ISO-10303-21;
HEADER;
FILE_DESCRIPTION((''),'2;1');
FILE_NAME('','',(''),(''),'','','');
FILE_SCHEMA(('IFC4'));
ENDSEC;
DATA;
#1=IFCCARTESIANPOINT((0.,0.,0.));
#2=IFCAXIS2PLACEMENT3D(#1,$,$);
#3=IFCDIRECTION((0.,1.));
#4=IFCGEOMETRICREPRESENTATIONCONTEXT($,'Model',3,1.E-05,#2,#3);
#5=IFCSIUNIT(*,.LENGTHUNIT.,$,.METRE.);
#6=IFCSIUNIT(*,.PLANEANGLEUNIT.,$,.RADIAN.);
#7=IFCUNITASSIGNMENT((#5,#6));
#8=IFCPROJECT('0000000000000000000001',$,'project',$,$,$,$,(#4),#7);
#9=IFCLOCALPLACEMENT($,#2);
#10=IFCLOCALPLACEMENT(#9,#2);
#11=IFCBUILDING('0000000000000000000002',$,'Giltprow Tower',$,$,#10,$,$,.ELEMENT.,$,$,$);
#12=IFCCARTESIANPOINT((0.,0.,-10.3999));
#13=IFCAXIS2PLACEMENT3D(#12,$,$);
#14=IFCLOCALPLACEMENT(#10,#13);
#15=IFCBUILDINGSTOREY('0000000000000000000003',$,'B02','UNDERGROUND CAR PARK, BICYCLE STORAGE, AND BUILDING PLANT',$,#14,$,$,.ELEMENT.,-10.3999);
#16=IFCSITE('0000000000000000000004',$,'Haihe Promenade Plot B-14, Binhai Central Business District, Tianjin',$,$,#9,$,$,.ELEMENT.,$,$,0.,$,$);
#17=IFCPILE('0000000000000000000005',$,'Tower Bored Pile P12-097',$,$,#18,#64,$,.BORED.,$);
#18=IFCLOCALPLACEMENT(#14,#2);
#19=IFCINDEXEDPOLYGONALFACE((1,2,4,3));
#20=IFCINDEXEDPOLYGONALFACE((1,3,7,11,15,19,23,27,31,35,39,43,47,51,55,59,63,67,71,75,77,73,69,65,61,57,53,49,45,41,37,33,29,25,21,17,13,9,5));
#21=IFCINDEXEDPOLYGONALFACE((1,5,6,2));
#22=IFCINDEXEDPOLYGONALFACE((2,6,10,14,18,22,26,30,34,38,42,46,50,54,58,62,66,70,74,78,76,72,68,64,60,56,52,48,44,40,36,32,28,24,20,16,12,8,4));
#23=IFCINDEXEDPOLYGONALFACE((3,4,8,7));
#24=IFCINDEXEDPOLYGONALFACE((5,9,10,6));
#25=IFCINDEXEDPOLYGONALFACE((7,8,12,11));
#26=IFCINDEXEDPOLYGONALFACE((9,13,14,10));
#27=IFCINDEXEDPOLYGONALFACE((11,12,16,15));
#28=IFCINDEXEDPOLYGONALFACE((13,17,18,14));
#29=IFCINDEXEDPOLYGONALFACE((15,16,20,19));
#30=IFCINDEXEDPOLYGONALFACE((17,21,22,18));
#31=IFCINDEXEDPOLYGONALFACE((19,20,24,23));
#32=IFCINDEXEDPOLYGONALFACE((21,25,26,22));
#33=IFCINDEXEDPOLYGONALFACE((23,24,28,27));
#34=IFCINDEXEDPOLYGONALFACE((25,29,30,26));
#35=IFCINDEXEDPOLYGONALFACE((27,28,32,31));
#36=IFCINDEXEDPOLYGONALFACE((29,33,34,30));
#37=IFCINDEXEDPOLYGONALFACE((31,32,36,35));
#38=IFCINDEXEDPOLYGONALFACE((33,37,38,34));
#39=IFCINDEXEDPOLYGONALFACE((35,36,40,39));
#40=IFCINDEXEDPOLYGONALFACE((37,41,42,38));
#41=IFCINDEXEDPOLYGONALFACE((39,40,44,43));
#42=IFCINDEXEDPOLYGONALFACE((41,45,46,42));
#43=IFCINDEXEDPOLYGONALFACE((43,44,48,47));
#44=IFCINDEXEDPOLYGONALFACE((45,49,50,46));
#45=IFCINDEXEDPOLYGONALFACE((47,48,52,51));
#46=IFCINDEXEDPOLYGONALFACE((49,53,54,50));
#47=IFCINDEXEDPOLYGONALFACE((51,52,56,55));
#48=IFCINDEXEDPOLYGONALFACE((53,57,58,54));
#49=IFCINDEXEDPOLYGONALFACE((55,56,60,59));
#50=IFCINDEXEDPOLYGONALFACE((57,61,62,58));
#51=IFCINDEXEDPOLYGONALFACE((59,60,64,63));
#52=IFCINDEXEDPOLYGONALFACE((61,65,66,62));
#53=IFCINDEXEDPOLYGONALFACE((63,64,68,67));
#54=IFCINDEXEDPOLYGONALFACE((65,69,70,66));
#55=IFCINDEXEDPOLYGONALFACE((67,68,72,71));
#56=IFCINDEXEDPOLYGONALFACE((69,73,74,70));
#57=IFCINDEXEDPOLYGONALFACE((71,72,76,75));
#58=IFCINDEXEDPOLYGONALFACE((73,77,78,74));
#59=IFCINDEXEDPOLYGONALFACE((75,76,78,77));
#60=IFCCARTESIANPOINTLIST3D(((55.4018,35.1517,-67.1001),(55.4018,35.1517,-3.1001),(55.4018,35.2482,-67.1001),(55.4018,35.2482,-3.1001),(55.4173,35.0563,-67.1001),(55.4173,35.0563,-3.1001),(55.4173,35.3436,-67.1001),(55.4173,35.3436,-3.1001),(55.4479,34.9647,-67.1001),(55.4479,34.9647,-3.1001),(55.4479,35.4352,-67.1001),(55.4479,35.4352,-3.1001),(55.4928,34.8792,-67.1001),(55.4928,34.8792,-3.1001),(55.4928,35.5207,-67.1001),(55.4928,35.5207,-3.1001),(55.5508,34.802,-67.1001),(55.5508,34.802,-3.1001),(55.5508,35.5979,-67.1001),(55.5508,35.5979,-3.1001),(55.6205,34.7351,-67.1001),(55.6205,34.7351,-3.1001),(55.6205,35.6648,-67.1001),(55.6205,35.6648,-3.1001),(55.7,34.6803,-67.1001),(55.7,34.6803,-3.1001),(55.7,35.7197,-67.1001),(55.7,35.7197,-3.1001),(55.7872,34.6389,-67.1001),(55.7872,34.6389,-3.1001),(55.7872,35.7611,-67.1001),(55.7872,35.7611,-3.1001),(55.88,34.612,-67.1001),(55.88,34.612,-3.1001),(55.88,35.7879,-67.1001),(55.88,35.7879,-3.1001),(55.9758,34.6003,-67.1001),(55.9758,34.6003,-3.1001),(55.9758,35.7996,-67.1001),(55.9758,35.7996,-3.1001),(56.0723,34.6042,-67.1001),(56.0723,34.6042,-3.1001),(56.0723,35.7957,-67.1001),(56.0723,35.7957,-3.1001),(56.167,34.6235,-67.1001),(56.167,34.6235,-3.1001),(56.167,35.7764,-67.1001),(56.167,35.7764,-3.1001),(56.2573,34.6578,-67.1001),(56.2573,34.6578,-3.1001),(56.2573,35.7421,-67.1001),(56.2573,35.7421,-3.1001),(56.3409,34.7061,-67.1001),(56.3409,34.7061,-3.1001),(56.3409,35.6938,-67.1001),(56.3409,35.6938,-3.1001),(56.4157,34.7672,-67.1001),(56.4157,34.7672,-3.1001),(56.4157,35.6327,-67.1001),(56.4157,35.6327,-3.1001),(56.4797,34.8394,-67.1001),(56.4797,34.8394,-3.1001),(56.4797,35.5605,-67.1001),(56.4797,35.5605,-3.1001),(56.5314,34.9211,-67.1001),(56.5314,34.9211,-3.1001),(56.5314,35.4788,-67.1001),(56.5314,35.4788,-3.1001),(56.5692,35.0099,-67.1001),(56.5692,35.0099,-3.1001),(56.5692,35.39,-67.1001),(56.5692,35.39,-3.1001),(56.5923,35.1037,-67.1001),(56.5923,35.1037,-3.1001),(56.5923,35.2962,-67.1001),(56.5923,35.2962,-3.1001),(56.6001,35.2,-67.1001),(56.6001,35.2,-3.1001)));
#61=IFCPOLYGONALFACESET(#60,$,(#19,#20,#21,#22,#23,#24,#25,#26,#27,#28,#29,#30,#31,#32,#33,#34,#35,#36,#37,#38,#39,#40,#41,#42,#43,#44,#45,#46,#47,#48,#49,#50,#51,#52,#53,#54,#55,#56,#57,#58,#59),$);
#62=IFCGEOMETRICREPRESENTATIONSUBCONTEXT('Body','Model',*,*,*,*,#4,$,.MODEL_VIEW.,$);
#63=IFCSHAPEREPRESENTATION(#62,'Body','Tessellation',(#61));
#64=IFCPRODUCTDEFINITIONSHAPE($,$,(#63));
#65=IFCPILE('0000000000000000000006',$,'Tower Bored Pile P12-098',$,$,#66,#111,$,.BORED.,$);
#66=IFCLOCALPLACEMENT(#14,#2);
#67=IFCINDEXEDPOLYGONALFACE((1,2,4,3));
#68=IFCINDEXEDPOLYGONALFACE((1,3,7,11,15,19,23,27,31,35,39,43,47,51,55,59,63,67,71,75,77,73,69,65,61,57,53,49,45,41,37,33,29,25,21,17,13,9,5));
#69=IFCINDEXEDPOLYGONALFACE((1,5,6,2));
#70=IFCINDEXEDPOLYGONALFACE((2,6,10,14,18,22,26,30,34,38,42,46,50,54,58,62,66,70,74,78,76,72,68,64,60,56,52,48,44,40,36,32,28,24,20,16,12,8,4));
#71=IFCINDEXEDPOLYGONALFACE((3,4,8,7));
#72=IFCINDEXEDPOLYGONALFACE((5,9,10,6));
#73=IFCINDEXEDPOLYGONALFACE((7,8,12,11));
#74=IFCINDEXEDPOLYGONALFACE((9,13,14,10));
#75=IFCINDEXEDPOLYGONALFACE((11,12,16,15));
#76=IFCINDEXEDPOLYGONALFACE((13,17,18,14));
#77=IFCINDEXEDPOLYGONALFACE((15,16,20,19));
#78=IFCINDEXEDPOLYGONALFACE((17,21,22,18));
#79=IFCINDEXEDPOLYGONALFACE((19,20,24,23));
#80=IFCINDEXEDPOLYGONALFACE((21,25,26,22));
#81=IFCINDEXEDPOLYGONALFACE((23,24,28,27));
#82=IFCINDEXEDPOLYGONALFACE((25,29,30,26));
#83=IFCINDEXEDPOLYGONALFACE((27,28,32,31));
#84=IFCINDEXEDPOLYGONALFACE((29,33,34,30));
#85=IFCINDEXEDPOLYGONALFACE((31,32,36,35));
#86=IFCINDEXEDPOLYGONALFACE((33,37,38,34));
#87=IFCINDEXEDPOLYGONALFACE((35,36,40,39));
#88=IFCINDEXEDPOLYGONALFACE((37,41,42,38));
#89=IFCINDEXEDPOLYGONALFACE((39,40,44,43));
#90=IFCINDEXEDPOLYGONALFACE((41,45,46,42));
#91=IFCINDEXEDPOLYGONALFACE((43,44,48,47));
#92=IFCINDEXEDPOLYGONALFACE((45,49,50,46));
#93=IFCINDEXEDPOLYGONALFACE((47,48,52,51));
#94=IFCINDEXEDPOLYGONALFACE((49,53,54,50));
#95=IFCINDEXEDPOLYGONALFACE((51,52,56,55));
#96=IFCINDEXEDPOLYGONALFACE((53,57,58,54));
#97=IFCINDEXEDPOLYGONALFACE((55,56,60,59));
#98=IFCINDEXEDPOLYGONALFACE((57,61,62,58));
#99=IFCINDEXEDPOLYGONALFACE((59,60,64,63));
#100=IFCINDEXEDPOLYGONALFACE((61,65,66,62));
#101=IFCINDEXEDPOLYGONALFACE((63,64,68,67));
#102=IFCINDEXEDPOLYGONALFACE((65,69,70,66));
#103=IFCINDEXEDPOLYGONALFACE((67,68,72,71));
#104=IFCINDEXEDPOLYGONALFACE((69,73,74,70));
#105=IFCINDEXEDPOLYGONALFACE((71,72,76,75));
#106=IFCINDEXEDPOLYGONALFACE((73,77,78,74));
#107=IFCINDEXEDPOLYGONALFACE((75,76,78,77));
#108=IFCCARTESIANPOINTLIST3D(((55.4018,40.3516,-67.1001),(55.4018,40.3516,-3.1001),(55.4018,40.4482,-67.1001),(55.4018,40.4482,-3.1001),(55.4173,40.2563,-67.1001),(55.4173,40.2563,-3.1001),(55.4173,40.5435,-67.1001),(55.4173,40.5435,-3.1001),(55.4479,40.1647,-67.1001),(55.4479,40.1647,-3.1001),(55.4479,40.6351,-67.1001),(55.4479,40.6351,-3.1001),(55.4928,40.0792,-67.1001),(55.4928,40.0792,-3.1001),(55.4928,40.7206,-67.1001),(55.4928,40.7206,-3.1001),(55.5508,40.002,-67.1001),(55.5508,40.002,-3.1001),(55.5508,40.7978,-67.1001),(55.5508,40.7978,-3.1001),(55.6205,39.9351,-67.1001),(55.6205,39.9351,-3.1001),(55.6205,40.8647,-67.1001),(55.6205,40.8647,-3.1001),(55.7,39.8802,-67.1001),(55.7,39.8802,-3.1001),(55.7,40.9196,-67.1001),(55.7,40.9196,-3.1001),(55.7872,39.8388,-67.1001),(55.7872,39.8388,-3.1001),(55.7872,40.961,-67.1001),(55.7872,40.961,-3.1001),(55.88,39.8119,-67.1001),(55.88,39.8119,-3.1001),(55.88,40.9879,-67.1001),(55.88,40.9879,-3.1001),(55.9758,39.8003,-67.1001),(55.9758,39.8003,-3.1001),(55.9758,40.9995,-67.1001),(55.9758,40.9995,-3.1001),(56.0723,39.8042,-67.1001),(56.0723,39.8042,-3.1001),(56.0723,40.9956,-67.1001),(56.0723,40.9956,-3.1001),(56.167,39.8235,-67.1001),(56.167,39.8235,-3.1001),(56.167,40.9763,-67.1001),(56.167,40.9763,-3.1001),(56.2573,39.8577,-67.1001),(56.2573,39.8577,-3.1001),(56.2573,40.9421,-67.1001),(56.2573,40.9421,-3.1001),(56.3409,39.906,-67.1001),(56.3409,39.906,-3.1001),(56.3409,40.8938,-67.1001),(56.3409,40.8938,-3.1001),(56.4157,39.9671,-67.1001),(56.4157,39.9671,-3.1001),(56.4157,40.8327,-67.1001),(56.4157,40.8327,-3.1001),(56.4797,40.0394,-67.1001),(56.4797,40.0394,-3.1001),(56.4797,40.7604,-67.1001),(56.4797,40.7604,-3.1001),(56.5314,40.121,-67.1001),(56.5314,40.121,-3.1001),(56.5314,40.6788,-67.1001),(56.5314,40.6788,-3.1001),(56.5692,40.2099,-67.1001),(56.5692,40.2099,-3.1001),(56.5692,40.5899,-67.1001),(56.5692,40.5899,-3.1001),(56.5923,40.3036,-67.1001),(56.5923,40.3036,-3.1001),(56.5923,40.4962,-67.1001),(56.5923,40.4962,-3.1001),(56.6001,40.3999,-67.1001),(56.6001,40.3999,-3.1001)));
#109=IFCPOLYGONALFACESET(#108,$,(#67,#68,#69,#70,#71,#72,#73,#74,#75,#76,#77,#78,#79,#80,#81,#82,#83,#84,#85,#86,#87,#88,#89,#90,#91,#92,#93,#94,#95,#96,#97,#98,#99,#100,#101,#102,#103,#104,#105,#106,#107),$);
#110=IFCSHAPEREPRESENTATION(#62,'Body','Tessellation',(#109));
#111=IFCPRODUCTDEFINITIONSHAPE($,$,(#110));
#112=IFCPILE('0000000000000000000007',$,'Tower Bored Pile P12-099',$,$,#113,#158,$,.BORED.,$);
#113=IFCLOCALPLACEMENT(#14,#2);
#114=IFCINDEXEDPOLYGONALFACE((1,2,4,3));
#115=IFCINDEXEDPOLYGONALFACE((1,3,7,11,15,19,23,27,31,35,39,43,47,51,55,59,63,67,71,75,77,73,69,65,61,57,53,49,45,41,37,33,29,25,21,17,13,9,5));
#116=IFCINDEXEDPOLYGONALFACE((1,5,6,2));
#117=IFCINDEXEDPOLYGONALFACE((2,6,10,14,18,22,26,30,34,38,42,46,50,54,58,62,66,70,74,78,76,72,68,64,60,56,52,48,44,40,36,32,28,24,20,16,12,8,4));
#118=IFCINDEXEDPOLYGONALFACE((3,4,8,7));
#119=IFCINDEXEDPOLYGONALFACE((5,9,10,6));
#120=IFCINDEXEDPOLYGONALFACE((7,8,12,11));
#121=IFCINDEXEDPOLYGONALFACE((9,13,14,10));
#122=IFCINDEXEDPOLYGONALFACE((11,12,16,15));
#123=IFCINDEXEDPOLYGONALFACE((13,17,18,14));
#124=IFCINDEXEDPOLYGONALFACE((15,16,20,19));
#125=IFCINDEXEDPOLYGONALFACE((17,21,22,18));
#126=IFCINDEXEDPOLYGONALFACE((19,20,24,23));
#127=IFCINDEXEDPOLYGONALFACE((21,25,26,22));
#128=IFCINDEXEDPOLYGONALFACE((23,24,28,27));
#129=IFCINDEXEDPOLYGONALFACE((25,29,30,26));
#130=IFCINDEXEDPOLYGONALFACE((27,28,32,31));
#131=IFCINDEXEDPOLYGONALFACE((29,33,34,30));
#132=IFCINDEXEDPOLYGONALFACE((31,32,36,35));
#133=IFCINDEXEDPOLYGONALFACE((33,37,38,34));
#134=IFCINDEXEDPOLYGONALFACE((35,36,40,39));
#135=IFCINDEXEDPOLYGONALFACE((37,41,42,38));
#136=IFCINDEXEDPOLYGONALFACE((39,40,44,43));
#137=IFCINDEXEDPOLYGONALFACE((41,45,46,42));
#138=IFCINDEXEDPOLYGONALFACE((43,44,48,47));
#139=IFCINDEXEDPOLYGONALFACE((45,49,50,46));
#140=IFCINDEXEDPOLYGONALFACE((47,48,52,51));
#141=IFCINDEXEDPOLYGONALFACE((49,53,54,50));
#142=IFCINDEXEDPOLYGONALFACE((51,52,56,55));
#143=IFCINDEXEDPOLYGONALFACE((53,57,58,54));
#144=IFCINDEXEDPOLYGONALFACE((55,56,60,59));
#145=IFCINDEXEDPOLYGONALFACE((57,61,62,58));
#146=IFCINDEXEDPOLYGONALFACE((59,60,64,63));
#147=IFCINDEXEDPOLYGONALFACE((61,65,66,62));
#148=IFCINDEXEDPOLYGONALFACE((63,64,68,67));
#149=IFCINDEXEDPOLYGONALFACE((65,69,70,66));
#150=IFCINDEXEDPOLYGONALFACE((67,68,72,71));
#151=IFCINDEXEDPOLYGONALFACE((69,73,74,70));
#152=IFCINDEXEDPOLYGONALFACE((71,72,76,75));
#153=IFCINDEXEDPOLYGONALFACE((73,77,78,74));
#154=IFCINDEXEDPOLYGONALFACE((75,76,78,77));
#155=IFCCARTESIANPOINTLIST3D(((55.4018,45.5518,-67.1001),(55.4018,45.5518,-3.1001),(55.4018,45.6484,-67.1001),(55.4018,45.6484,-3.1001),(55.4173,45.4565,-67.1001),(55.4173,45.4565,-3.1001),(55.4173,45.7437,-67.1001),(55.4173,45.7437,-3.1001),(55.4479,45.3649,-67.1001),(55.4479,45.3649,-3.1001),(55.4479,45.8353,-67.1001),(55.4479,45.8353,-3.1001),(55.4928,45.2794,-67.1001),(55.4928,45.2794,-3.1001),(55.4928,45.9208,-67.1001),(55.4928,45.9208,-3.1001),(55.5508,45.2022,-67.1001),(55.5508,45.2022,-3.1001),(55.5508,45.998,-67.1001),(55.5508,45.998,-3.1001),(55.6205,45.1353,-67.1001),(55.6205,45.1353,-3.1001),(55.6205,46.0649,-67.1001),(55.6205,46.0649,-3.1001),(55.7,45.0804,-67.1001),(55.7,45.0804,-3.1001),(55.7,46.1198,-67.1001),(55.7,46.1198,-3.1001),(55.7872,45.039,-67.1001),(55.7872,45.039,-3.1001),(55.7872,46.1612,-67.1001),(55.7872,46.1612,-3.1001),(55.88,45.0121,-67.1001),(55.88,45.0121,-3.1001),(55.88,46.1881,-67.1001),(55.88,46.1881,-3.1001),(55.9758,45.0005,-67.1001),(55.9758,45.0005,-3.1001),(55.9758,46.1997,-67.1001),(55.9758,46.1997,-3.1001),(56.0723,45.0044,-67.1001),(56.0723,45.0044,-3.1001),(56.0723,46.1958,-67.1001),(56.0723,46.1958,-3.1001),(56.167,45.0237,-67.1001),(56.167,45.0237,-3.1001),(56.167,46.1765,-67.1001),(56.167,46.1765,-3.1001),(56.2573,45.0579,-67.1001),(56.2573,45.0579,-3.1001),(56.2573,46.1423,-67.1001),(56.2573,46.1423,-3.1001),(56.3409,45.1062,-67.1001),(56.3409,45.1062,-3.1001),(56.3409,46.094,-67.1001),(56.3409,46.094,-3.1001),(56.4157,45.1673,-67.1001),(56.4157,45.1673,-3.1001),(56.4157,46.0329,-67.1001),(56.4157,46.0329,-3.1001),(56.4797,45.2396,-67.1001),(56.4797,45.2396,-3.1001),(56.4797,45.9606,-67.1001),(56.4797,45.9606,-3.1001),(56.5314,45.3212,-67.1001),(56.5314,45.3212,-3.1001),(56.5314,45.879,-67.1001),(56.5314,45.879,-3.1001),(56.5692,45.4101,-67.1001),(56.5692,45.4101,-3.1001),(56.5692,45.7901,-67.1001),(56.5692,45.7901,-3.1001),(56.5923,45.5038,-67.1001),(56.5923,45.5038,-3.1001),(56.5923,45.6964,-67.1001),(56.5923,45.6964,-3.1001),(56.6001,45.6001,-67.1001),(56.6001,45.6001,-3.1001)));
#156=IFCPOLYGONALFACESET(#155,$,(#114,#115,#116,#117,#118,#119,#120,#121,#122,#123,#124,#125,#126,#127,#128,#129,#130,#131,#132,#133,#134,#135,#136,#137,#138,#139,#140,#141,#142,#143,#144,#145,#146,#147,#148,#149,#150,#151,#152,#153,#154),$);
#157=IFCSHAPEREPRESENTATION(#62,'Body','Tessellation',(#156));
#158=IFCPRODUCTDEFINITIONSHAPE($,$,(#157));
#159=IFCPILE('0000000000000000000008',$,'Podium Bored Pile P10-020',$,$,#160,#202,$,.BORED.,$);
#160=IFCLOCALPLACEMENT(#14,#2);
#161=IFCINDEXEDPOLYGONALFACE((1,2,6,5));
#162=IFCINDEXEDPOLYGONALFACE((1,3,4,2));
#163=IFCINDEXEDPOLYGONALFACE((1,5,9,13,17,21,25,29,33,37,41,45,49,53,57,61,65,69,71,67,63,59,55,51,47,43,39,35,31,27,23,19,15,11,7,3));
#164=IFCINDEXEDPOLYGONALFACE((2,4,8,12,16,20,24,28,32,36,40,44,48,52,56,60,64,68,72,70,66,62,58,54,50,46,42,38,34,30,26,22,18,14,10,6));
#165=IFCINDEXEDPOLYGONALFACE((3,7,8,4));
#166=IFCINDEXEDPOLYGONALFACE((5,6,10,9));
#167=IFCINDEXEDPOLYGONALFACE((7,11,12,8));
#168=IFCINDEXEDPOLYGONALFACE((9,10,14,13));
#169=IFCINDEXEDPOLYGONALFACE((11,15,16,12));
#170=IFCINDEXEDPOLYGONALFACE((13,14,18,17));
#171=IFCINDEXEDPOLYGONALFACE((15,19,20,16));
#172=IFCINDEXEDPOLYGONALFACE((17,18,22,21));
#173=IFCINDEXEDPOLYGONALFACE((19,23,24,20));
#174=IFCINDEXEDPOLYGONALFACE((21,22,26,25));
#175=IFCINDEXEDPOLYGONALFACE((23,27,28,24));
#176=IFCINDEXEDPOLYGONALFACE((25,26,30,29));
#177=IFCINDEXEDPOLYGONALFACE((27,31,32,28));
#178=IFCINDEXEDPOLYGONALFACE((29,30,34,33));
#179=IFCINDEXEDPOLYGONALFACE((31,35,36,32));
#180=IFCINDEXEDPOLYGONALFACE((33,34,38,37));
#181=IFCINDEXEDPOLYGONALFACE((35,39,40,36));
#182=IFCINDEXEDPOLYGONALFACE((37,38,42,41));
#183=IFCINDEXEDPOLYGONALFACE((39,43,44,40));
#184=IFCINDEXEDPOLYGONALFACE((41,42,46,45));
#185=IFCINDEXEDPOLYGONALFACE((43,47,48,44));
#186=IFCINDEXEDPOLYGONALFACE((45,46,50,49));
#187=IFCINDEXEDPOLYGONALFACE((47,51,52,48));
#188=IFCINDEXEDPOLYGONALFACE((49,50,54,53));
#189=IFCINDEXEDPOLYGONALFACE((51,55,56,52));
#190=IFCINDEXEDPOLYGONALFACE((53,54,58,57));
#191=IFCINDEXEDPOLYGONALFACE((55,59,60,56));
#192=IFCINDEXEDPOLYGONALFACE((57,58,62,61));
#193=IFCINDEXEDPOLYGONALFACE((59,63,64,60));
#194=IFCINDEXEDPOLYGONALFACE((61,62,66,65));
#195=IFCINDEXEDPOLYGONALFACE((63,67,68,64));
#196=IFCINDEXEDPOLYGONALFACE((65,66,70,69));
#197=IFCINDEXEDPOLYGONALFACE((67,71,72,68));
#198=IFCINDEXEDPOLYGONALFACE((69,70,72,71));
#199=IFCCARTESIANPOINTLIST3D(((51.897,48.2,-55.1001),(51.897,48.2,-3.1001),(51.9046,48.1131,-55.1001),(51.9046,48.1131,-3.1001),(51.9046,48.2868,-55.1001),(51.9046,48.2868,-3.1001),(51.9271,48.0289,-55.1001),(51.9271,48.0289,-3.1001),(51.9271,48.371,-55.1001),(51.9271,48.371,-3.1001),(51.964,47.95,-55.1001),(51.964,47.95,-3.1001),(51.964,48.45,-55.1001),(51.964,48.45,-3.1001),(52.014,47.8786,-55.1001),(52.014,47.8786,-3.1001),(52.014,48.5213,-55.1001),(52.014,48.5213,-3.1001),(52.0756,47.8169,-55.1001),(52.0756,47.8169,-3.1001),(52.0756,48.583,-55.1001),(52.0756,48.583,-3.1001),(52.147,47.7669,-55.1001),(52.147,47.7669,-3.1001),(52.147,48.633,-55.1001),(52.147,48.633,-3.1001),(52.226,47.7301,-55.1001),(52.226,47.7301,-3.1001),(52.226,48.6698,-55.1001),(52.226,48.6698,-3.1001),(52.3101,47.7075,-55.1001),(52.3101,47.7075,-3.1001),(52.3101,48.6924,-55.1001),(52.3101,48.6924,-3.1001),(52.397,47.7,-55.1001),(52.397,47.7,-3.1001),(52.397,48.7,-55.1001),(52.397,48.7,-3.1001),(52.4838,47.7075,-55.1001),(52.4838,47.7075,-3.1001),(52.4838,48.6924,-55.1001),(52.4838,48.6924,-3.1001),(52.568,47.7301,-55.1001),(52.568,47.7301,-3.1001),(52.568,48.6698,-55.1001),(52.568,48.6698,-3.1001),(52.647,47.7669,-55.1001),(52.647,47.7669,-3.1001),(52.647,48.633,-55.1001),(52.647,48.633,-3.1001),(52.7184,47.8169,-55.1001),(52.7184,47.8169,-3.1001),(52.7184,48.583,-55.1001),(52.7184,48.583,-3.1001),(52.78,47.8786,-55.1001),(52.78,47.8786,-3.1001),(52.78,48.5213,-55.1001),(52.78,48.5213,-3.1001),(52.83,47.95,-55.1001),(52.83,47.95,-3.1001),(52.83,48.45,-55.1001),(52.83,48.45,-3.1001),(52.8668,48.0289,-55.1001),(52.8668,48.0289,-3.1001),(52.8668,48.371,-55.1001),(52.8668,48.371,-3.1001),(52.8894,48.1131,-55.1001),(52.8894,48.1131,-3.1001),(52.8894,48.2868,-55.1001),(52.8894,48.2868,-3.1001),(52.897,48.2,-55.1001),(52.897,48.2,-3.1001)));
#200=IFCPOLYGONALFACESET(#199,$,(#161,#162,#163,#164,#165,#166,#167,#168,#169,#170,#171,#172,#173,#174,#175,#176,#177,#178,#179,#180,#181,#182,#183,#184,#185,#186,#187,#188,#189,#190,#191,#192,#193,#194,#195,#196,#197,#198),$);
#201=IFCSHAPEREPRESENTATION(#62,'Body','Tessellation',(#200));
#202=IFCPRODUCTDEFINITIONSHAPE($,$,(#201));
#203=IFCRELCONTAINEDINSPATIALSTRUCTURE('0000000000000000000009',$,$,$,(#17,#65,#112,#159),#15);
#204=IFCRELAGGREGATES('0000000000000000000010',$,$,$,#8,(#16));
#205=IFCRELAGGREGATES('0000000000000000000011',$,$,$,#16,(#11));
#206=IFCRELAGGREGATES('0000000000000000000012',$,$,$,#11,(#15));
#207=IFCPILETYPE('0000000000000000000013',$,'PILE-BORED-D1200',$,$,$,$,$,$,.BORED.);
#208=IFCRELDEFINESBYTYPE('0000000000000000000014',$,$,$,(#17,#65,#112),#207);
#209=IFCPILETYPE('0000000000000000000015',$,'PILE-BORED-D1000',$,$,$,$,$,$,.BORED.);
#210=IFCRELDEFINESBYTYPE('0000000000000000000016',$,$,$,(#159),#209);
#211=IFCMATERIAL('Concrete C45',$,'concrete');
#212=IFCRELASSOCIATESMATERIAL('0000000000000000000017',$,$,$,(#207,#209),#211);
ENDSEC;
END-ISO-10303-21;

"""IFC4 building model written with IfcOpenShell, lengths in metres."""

from ifc_helpers import new_model, si_unit, direction, frame, origin, origin_2d, place, context, subcontext, project, spatial, circle, extrude, source, transform, mapped, material, material_profile, profile_set, type_object, element, save


model = new_model("IFC4")

# Units and contexts
model_context = context("Model", 3, precision=1e-05, world=origin(), true_north=direction((0.0, 1.0)))
body_context = subcontext(model_context, "Body", "Model", "MODEL_VIEW")
ifc_project = project(units=[si_unit("LENGTHUNIT", "METRE"), si_unit("PLANEANGLEUNIT", "RADIAN")], contexts=[model_context])

# Site, building, storey
site_placement = place(None, origin())
site = spatial("IfcSite", under=ifc_project, at=site_placement, Name="Haihe Promenade Plot B-14, Binhai Central Business District, Tianjin", CompositionType="ELEMENT", RefElevation=0.0)
building_placement = place(site_placement, origin())
building = spatial("IfcBuilding", under=site, at=building_placement, Name="Giltprow Tower", CompositionType="ELEMENT")
storey_placement = place(building_placement, frame((0.0, 0.0, -10.3999)))
storey = spatial("IfcBuildingStorey", under=building, at=storey_placement, Name="B02", Description="UNDERGROUND CAR PARK, BICYCLE STORAGE, AND BUILDING PLANT", CompositionType="ELEMENT", Elevation=-10.3999)

# Piles
ifc_material_1 = material(Name="Concrete C45", Category="concrete")
ifc_material_profile_1 = material_profile(ifc_material_1, circle(Radius=0.6001, at=origin_2d()), Name="PILE D1200")
ifc_profile_set_1 = profile_set([ifc_material_profile_1], Name="Concrete C45")
pile_type_1 = type_object("IfcPileType", Name="PILE-BORED-D1200", PredefinedType="BORED", material=ifc_profile_set_1)
shared_shape_1 = source(origin(), body_context, "Body", "SweptSolid", [
    extrude(circle(Radius=0.6001, at=origin_2d()), origin(), (0.0, 0.0, 1.0), 64.0),
])
for number, where, z_axis, x_axis, name in (
    (1, (56.0, 35.2, -3.1001), (0.0, 0.0, -1.0), (1.0, 0.0, 0.0), "Tower Bored Pile P12-097"),
    (2, (56.0, 40.3999, -3.1001), (0.0, 0.0, -1.0), (1.0, 0.0, 0.0), "Tower Bored Pile P12-098"),
    (3, (56.0, 45.6001, -3.1001), (0.0, 0.0, -1.0), (1.0, 0.0, 0.0), "Tower Bored Pile P12-099"),
):
    element("IfcPile", number, at=place(storey_placement, frame(where, z_axis=z_axis, x_axis=x_axis)), inside=storey, type_object=pile_type_1, Name=name, PredefinedType="BORED", context=body_context, shape_type="MappedRepresentation", body=[
        mapped(shared_shape_1, transform((0.0, 0.0, 0.0), x_axis=(1.0, 0.0, 0.0), y_axis=(0.0, 1.0, 0.0), z_axis=(0.0, 0.0, 1.0), scale=1.0)),
    ])
ifc_material_profile_2 = material_profile(ifc_material_1, circle(Radius=0.5, at=origin_2d()), Name="PILE D1000")
ifc_profile_set_2 = profile_set([ifc_material_profile_2], Name="Concrete C45")
pile_type_2 = type_object("IfcPileType", Name="PILE-BORED-D1000", PredefinedType="BORED", material=ifc_profile_set_2)
shared_shape_2 = source(origin(), body_context, "Body", "SweptSolid", [
    extrude(circle(Radius=0.5, at=origin_2d()), origin(), (0.0, 0.0, 1.0), 52.0),
])
pile_placement = place(storey_placement, frame((52.397, 48.2, -3.1001), z_axis=(0.0, 0.0, -1.0), x_axis=(1.0, 0.0, 0.0)))
element("IfcPile", 4, at=pile_placement, inside=storey, type_object=pile_type_2, Name="Podium Bored Pile P10-020", PredefinedType="BORED", context=body_context, shape_type="MappedRepresentation", body=[
    mapped(shared_shape_2, transform((0.0, 0.0, 0.0), x_axis=(1.0, 0.0, 0.0), y_axis=(0.0, 1.0, 0.0), z_axis=(0.0, 0.0, 1.0), scale=1.0)),
])

save(model, "model.ifc")
